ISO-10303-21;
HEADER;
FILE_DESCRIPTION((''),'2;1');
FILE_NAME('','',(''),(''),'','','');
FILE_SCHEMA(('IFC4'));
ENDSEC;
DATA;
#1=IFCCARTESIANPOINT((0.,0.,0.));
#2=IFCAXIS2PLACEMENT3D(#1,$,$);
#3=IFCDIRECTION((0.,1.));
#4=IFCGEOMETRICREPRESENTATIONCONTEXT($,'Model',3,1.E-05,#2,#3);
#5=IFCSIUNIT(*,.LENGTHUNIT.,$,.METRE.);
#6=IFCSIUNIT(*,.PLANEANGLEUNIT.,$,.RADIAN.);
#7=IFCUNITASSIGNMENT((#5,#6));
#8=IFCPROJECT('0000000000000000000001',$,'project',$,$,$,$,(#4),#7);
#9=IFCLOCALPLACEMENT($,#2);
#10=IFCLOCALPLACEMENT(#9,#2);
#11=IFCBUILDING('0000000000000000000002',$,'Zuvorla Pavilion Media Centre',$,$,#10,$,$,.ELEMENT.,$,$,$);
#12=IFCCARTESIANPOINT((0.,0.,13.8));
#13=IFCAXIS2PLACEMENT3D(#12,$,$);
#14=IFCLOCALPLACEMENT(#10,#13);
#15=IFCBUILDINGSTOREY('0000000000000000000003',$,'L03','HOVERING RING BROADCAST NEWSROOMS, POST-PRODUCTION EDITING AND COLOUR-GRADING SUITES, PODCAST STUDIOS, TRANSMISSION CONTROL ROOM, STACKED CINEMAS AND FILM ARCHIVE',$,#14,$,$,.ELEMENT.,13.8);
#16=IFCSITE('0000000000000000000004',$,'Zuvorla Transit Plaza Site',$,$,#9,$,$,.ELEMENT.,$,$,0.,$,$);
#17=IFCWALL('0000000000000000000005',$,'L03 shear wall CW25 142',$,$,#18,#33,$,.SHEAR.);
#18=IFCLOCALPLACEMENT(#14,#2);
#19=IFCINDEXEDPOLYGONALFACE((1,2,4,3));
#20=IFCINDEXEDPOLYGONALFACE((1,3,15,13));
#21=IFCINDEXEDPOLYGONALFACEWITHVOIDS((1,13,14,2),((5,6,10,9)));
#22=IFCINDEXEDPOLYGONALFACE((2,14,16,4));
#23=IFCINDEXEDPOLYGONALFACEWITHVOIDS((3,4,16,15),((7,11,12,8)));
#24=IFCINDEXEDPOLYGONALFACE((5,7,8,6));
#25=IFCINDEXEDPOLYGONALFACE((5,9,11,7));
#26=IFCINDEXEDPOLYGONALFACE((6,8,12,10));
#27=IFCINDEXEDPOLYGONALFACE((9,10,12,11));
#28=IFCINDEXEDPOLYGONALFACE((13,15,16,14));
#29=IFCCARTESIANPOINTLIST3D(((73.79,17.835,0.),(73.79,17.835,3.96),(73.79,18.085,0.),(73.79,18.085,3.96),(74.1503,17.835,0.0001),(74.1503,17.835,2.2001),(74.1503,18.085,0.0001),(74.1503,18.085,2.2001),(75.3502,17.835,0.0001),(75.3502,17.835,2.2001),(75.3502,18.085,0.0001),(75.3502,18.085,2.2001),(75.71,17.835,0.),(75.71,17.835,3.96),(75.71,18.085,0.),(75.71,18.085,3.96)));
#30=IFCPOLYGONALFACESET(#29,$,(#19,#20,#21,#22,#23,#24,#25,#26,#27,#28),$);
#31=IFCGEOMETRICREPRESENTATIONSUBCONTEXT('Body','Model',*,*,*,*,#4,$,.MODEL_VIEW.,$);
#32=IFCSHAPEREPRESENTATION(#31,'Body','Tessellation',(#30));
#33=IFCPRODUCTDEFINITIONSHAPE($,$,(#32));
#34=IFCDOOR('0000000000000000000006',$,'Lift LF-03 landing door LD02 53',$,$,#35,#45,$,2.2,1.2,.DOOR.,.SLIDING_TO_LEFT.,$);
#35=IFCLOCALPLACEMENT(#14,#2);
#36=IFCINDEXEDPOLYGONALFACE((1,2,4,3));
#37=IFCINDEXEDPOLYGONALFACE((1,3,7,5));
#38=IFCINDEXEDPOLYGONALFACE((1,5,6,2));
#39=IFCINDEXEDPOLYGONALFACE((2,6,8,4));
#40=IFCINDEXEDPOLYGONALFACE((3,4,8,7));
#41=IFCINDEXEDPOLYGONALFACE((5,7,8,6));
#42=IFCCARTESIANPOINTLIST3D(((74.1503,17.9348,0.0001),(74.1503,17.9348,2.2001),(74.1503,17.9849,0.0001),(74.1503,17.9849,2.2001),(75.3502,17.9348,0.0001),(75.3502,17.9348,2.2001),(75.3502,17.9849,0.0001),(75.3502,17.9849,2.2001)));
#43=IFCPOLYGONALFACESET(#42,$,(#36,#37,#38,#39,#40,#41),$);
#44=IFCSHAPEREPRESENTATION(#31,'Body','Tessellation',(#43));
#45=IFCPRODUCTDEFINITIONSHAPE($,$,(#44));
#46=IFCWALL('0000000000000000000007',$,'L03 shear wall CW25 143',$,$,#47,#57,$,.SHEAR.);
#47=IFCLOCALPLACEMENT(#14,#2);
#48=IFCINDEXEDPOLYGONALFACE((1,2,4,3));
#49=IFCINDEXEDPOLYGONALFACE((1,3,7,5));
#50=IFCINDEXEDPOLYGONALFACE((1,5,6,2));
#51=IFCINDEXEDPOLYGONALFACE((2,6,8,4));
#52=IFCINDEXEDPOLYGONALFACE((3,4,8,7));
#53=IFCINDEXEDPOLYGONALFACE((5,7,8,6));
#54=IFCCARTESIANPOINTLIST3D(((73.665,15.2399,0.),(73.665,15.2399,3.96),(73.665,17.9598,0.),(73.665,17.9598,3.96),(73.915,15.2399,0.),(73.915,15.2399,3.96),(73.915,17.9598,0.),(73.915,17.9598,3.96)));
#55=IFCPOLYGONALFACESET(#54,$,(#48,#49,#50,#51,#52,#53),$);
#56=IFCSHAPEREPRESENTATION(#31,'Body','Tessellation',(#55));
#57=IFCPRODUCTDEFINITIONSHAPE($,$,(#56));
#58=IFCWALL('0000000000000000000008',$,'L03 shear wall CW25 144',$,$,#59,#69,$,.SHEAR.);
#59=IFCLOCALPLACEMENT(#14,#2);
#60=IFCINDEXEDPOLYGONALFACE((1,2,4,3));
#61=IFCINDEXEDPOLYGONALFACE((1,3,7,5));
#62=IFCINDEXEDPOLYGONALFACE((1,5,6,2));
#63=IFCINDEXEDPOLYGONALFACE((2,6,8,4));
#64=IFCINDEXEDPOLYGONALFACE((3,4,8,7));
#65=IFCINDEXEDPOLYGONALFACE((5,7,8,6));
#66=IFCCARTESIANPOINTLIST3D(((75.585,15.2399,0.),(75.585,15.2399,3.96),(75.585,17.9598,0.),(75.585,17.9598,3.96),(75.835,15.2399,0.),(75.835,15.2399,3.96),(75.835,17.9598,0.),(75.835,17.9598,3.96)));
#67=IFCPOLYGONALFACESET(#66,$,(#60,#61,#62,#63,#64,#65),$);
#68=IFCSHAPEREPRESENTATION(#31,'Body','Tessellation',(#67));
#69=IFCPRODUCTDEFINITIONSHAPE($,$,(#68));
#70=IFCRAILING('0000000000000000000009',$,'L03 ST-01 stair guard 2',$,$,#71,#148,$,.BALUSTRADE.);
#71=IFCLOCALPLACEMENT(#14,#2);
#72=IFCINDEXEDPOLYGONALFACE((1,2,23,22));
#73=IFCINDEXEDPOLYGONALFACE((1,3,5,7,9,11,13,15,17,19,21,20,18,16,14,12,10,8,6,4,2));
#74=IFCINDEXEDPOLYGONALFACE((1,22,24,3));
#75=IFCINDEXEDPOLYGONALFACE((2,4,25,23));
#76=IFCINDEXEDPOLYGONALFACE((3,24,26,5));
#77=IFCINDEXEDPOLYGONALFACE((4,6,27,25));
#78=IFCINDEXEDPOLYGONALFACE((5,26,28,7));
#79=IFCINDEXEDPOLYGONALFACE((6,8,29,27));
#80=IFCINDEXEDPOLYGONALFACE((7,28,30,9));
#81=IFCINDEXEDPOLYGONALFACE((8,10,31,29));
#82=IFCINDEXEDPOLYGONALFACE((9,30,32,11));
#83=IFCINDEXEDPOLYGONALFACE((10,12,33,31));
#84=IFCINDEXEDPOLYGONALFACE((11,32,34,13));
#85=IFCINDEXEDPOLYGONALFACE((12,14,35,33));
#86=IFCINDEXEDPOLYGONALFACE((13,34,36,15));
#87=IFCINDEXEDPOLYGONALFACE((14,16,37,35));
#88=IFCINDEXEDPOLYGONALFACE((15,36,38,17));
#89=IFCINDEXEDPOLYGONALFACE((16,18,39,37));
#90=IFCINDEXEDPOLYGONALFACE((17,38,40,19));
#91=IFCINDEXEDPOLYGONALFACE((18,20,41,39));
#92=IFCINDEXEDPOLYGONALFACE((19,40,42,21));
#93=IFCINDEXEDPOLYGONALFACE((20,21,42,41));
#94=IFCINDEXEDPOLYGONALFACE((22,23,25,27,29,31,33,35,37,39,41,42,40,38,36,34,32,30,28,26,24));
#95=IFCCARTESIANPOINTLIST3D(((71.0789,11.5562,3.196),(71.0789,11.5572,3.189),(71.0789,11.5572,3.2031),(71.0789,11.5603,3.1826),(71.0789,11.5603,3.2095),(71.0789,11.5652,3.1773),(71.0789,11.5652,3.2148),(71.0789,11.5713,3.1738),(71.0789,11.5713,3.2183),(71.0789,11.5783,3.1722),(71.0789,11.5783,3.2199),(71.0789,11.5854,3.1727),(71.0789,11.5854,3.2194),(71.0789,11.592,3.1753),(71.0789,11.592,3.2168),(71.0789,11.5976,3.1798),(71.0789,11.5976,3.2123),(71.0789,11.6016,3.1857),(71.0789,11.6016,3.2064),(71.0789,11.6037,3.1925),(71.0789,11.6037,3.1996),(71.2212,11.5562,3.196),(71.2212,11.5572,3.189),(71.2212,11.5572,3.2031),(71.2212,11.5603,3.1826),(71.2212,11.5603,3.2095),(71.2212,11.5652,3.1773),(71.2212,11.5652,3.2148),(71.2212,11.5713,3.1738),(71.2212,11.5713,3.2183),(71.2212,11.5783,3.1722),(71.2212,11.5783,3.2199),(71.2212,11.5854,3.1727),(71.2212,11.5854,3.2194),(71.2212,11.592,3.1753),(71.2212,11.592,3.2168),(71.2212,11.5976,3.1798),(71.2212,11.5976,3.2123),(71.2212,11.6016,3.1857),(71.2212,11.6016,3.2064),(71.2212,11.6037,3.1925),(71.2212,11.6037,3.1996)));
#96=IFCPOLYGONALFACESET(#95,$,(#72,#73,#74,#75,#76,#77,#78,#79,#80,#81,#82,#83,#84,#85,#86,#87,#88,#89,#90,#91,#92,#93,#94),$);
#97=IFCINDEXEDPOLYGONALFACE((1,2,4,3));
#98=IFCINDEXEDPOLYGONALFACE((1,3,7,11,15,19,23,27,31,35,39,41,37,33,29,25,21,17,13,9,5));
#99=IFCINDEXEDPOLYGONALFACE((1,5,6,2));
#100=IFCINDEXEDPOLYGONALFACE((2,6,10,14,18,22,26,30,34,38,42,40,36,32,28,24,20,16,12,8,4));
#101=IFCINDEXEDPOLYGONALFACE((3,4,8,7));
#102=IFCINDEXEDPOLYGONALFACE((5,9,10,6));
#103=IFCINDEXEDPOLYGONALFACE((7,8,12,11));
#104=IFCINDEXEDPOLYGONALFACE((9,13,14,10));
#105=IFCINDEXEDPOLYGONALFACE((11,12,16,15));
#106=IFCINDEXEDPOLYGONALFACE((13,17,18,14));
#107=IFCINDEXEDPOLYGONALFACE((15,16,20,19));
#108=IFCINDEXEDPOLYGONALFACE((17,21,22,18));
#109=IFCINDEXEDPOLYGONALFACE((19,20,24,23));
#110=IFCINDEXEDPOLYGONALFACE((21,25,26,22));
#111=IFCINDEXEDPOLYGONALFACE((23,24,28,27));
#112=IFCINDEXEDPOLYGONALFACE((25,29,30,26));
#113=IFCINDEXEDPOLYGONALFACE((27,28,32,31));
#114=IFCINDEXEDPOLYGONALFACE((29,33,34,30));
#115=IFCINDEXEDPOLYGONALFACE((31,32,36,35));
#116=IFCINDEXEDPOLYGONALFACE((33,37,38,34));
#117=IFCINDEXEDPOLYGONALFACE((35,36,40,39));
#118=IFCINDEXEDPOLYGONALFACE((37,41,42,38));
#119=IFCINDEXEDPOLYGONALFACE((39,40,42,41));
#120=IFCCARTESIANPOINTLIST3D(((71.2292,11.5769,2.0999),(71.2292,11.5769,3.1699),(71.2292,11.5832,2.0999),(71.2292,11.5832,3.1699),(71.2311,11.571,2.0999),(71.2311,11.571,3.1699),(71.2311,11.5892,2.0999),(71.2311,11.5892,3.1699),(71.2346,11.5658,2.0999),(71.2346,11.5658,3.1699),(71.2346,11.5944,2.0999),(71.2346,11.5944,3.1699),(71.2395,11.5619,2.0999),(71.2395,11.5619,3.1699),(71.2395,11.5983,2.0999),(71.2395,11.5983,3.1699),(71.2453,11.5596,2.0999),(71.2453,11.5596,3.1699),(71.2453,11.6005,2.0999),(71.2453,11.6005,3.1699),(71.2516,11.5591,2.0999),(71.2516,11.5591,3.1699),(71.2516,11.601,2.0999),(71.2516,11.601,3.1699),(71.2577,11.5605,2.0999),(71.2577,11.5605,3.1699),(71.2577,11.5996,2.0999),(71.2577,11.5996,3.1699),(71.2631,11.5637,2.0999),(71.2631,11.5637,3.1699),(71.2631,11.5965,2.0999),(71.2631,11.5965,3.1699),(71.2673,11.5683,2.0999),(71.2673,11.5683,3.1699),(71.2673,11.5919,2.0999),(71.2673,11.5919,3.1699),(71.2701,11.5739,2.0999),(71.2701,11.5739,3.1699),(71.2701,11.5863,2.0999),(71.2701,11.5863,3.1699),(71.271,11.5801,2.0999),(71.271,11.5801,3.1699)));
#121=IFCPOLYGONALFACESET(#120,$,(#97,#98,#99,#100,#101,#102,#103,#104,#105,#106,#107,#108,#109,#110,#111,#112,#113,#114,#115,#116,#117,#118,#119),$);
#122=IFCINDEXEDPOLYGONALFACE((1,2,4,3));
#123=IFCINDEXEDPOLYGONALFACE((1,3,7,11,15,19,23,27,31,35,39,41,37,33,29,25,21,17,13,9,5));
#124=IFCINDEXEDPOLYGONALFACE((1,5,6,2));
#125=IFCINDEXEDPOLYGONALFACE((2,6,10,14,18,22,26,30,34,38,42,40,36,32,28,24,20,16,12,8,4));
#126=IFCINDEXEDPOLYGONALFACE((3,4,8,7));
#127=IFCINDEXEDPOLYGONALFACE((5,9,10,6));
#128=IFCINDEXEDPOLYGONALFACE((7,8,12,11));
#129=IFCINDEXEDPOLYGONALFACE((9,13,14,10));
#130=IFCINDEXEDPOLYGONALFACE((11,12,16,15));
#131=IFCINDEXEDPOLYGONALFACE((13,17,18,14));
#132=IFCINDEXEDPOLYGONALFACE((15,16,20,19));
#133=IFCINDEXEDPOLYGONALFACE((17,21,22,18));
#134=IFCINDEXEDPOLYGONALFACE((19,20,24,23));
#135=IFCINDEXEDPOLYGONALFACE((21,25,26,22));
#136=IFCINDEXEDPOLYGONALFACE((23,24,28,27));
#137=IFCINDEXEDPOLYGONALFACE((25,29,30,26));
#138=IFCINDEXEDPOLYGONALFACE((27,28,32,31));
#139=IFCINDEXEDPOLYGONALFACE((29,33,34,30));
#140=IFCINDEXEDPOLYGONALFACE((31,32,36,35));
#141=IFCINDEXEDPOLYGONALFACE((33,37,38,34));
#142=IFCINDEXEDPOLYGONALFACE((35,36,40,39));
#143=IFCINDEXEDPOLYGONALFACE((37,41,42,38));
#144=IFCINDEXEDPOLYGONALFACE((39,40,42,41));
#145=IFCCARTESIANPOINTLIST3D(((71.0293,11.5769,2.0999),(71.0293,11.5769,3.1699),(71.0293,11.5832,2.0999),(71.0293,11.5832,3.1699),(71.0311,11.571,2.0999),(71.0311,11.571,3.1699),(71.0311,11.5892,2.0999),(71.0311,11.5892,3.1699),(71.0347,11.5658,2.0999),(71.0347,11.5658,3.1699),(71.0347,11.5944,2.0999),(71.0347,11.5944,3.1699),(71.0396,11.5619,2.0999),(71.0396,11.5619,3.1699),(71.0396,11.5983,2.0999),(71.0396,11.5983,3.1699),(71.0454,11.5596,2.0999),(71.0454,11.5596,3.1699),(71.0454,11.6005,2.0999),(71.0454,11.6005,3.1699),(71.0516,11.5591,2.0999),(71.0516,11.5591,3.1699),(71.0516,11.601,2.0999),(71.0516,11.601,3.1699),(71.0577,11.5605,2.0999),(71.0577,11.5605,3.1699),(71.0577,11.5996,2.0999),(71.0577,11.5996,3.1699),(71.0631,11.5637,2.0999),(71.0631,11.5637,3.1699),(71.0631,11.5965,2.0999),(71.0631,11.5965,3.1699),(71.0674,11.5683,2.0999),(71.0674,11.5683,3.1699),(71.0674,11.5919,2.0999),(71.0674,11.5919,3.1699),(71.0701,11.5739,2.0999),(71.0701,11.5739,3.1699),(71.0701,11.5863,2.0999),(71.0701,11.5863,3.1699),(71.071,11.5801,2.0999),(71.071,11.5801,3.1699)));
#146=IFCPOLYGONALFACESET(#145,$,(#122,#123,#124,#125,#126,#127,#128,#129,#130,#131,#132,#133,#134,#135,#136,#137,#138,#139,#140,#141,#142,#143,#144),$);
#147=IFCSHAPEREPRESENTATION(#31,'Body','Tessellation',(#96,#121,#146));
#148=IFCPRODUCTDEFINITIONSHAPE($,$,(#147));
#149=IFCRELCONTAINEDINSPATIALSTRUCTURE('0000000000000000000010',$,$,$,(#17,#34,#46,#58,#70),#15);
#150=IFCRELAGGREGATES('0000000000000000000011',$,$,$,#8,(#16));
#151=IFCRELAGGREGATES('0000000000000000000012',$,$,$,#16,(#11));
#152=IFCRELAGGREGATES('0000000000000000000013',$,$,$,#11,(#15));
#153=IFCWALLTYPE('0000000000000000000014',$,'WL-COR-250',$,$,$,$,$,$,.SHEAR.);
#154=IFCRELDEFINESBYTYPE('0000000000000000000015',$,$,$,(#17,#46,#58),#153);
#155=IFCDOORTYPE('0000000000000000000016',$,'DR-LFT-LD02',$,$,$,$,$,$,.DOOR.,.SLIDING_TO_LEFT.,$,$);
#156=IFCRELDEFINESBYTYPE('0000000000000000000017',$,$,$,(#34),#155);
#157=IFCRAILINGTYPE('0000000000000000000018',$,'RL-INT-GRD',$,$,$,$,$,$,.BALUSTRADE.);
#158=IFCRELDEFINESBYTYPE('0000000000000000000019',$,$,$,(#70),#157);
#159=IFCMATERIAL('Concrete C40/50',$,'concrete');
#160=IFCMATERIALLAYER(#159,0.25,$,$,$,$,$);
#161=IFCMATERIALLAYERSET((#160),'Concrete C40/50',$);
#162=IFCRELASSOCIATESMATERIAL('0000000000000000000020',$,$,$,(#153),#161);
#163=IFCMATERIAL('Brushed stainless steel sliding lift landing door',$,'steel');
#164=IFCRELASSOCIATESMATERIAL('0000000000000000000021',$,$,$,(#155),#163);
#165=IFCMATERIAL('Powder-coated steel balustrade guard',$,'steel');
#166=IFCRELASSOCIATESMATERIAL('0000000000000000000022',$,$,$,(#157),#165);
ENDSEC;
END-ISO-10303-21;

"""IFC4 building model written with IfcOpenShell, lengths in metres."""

from ifc_helpers import new_model, si_unit, direction, frame, frame_2d, origin, origin_2d, place, context, subcontext, project, spatial, rectangle, circle, extrude, material, layer, layer_set, type_object, element, fill, save


model = new_model("IFC4")

# Units and contexts
model_context = context("Model", 3, precision=1e-05, world=origin(), true_north=direction((0.0, 1.0)))
body_context = subcontext(model_context, "Body", "Model", "MODEL_VIEW")
ifc_project = project(units=[si_unit("LENGTHUNIT", "METRE"), si_unit("PLANEANGLEUNIT", "RADIAN")], contexts=[model_context])

# Site, building, storey
site_placement = place(None, origin())
site = spatial("IfcSite", under=ifc_project, at=site_placement, Name="Zuvorla Transit Plaza Site", CompositionType="ELEMENT", RefElevation=0.0)
building_placement = place(site_placement, origin())
building = spatial("IfcBuilding", under=site, at=building_placement, Name="Zuvorla Pavilion Media Centre", CompositionType="ELEMENT")
storey_placement = place(building_placement, frame((0.0, 0.0, 13.8)))
storey = spatial("IfcBuildingStorey", under=building, at=storey_placement, Name="L03", Description="HOVERING RING BROADCAST NEWSROOMS, POST-PRODUCTION EDITING AND COLOUR-GRADING SUITES, PODCAST STUDIOS, TRANSMISSION CONTROL ROOM, STACKED CINEMAS AND FILM ARCHIVE", CompositionType="ELEMENT", Elevation=13.8)

# Shared definitions
ifc_material_1 = material(Name="Concrete C40/50", Category="concrete")

# Shared definitions
ifc_layer_1 = layer(ifc_material_1, 0.25)
ifc_layer_set_1 = layer_set([ifc_layer_1], Name="Concrete C40/50")
wall_type_1 = type_object("IfcWallType", Name="WL-COR-250", PredefinedType="SHEAR", material=ifc_layer_set_1)
ifc_material_2 = material(Name="Brushed stainless steel sliding lift landing door", Category="steel")

# Wall, opening, door
wall_1_placement = place(storey_placement, frame((73.79, 17.96, 0.0), z_axis=(0.0, 0.0, 1.0), x_axis=(1.0, 0.0, 0.0)))
wall_1 = element("IfcWall", 1, at=wall_1_placement, inside=storey, type_object=wall_type_1, Name="L03 shear wall CW25 142", PredefinedType="SHEAR", context=body_context, shape_type="SweptSolid", body=[
    extrude(rectangle(XDim=1.9199, YDim=0.25, at=frame_2d((0.96, 0.0))), origin(), (0.0, 0.0, 1.0), 3.96),
])
opening_1_placement = place(wall_1_placement, frame((0.3601, 0.0, 0.0)))
opening_1 = element("IfcOpeningElement", 2, at=opening_1_placement, cuts=wall_1, PredefinedType="OPENING", context=body_context, shape_type="SweptSolid", body=[
    extrude(rectangle(XDim=1.2, YDim=2.2, at=frame_2d((0.6001, 1.1001))), frame((0.0, 0.135, 0.0), z_axis=(0.0, -1.0, 0.0), x_axis=(1.0, 0.0, 0.0)), (0.0, 0.0, 1.0), 0.27),
])
door_type_1 = type_object("IfcDoorType", Name="DR-LFT-LD02", OperationType="SLIDING_TO_LEFT", PredefinedType="DOOR", material=ifc_material_2)
door_1_placement = place(opening_1_placement, origin())
door_1 = element("IfcDoor", 3, at=door_1_placement, inside=storey, type_object=door_type_1, Name="Lift LF-03 landing door LD02 53", OperationType="SLIDING_TO_LEFT", OverallHeight=2.2, OverallWidth=1.2, PredefinedType="DOOR", context=body_context, shape_type="SweptSolid", body=[
    extrude(rectangle(XDim=1.2, YDim=2.2, at=frame_2d((0.6001, 1.1001))), frame((0.0, 0.0249, 0.0), z_axis=(0.0, -1.0, 0.0), x_axis=(1.0, 0.0, 0.0)), (0.0, 0.0, 1.0), 0.05),
])
fill(opening_1, door_1)

# Walls
for number, where, z_axis, x_axis, name in (
    (4, (73.79, 15.24, 0.0), (0.0, 0.0, 1.0), (0.0, 1.0, 0.0), "L03 shear wall CW25 143"),
    (5, (75.71, 15.24, 0.0), (0.0, 0.0, 1.0), (0.0, 1.0, 0.0), "L03 shear wall CW25 144"),
):
    element("IfcWall", number, at=place(storey_placement, frame(where, z_axis=z_axis, x_axis=x_axis)), inside=storey, type_object=wall_type_1, Name=name, PredefinedType="SHEAR", context=body_context, shape_type="SweptSolid", body=[
        extrude(rectangle(XDim=2.72, YDim=0.25, at=frame_2d((1.3599, 0.0))), origin(), (0.0, 0.0, 1.0), 3.96),
    ])

# Railing
ifc_material_3 = material(Name="Powder-coated steel balustrade guard", Category="steel")
railing_type = type_object("IfcRailingType", Name="RL-INT-GRD", PredefinedType="BALUSTRADE", material=ifc_material_3)
railing_1_placement = place(storey_placement, frame((71.25, 11.5801, 2.0999)))
element("IfcRailing", 6, at=railing_1_placement, inside=storey, type_object=railing_type, Name="L03 ST-01 stair guard 2", PredefinedType="BALUSTRADE", context=body_context, shape_type="SweptSolid", body=[
    extrude(circle(Radius=0.0239, at=origin_2d()), frame((-0.0288, 0.0, 1.0962), z_axis=(-1.0, 0.0, 0.0), x_axis=(0.0, -1.0, 0.0)), (0.0, 0.0, 1.0), 0.1423),
    extrude(circle(Radius=0.021, at=origin_2d()), origin(), (0.0, 0.0, 1.0), 1.0701),
    extrude(circle(Radius=0.021, at=origin_2d()), frame((-0.2, 0.0, 0.0)), (0.0, 0.0, 1.0), 1.0701),
])

save(model, "model.ifc")
